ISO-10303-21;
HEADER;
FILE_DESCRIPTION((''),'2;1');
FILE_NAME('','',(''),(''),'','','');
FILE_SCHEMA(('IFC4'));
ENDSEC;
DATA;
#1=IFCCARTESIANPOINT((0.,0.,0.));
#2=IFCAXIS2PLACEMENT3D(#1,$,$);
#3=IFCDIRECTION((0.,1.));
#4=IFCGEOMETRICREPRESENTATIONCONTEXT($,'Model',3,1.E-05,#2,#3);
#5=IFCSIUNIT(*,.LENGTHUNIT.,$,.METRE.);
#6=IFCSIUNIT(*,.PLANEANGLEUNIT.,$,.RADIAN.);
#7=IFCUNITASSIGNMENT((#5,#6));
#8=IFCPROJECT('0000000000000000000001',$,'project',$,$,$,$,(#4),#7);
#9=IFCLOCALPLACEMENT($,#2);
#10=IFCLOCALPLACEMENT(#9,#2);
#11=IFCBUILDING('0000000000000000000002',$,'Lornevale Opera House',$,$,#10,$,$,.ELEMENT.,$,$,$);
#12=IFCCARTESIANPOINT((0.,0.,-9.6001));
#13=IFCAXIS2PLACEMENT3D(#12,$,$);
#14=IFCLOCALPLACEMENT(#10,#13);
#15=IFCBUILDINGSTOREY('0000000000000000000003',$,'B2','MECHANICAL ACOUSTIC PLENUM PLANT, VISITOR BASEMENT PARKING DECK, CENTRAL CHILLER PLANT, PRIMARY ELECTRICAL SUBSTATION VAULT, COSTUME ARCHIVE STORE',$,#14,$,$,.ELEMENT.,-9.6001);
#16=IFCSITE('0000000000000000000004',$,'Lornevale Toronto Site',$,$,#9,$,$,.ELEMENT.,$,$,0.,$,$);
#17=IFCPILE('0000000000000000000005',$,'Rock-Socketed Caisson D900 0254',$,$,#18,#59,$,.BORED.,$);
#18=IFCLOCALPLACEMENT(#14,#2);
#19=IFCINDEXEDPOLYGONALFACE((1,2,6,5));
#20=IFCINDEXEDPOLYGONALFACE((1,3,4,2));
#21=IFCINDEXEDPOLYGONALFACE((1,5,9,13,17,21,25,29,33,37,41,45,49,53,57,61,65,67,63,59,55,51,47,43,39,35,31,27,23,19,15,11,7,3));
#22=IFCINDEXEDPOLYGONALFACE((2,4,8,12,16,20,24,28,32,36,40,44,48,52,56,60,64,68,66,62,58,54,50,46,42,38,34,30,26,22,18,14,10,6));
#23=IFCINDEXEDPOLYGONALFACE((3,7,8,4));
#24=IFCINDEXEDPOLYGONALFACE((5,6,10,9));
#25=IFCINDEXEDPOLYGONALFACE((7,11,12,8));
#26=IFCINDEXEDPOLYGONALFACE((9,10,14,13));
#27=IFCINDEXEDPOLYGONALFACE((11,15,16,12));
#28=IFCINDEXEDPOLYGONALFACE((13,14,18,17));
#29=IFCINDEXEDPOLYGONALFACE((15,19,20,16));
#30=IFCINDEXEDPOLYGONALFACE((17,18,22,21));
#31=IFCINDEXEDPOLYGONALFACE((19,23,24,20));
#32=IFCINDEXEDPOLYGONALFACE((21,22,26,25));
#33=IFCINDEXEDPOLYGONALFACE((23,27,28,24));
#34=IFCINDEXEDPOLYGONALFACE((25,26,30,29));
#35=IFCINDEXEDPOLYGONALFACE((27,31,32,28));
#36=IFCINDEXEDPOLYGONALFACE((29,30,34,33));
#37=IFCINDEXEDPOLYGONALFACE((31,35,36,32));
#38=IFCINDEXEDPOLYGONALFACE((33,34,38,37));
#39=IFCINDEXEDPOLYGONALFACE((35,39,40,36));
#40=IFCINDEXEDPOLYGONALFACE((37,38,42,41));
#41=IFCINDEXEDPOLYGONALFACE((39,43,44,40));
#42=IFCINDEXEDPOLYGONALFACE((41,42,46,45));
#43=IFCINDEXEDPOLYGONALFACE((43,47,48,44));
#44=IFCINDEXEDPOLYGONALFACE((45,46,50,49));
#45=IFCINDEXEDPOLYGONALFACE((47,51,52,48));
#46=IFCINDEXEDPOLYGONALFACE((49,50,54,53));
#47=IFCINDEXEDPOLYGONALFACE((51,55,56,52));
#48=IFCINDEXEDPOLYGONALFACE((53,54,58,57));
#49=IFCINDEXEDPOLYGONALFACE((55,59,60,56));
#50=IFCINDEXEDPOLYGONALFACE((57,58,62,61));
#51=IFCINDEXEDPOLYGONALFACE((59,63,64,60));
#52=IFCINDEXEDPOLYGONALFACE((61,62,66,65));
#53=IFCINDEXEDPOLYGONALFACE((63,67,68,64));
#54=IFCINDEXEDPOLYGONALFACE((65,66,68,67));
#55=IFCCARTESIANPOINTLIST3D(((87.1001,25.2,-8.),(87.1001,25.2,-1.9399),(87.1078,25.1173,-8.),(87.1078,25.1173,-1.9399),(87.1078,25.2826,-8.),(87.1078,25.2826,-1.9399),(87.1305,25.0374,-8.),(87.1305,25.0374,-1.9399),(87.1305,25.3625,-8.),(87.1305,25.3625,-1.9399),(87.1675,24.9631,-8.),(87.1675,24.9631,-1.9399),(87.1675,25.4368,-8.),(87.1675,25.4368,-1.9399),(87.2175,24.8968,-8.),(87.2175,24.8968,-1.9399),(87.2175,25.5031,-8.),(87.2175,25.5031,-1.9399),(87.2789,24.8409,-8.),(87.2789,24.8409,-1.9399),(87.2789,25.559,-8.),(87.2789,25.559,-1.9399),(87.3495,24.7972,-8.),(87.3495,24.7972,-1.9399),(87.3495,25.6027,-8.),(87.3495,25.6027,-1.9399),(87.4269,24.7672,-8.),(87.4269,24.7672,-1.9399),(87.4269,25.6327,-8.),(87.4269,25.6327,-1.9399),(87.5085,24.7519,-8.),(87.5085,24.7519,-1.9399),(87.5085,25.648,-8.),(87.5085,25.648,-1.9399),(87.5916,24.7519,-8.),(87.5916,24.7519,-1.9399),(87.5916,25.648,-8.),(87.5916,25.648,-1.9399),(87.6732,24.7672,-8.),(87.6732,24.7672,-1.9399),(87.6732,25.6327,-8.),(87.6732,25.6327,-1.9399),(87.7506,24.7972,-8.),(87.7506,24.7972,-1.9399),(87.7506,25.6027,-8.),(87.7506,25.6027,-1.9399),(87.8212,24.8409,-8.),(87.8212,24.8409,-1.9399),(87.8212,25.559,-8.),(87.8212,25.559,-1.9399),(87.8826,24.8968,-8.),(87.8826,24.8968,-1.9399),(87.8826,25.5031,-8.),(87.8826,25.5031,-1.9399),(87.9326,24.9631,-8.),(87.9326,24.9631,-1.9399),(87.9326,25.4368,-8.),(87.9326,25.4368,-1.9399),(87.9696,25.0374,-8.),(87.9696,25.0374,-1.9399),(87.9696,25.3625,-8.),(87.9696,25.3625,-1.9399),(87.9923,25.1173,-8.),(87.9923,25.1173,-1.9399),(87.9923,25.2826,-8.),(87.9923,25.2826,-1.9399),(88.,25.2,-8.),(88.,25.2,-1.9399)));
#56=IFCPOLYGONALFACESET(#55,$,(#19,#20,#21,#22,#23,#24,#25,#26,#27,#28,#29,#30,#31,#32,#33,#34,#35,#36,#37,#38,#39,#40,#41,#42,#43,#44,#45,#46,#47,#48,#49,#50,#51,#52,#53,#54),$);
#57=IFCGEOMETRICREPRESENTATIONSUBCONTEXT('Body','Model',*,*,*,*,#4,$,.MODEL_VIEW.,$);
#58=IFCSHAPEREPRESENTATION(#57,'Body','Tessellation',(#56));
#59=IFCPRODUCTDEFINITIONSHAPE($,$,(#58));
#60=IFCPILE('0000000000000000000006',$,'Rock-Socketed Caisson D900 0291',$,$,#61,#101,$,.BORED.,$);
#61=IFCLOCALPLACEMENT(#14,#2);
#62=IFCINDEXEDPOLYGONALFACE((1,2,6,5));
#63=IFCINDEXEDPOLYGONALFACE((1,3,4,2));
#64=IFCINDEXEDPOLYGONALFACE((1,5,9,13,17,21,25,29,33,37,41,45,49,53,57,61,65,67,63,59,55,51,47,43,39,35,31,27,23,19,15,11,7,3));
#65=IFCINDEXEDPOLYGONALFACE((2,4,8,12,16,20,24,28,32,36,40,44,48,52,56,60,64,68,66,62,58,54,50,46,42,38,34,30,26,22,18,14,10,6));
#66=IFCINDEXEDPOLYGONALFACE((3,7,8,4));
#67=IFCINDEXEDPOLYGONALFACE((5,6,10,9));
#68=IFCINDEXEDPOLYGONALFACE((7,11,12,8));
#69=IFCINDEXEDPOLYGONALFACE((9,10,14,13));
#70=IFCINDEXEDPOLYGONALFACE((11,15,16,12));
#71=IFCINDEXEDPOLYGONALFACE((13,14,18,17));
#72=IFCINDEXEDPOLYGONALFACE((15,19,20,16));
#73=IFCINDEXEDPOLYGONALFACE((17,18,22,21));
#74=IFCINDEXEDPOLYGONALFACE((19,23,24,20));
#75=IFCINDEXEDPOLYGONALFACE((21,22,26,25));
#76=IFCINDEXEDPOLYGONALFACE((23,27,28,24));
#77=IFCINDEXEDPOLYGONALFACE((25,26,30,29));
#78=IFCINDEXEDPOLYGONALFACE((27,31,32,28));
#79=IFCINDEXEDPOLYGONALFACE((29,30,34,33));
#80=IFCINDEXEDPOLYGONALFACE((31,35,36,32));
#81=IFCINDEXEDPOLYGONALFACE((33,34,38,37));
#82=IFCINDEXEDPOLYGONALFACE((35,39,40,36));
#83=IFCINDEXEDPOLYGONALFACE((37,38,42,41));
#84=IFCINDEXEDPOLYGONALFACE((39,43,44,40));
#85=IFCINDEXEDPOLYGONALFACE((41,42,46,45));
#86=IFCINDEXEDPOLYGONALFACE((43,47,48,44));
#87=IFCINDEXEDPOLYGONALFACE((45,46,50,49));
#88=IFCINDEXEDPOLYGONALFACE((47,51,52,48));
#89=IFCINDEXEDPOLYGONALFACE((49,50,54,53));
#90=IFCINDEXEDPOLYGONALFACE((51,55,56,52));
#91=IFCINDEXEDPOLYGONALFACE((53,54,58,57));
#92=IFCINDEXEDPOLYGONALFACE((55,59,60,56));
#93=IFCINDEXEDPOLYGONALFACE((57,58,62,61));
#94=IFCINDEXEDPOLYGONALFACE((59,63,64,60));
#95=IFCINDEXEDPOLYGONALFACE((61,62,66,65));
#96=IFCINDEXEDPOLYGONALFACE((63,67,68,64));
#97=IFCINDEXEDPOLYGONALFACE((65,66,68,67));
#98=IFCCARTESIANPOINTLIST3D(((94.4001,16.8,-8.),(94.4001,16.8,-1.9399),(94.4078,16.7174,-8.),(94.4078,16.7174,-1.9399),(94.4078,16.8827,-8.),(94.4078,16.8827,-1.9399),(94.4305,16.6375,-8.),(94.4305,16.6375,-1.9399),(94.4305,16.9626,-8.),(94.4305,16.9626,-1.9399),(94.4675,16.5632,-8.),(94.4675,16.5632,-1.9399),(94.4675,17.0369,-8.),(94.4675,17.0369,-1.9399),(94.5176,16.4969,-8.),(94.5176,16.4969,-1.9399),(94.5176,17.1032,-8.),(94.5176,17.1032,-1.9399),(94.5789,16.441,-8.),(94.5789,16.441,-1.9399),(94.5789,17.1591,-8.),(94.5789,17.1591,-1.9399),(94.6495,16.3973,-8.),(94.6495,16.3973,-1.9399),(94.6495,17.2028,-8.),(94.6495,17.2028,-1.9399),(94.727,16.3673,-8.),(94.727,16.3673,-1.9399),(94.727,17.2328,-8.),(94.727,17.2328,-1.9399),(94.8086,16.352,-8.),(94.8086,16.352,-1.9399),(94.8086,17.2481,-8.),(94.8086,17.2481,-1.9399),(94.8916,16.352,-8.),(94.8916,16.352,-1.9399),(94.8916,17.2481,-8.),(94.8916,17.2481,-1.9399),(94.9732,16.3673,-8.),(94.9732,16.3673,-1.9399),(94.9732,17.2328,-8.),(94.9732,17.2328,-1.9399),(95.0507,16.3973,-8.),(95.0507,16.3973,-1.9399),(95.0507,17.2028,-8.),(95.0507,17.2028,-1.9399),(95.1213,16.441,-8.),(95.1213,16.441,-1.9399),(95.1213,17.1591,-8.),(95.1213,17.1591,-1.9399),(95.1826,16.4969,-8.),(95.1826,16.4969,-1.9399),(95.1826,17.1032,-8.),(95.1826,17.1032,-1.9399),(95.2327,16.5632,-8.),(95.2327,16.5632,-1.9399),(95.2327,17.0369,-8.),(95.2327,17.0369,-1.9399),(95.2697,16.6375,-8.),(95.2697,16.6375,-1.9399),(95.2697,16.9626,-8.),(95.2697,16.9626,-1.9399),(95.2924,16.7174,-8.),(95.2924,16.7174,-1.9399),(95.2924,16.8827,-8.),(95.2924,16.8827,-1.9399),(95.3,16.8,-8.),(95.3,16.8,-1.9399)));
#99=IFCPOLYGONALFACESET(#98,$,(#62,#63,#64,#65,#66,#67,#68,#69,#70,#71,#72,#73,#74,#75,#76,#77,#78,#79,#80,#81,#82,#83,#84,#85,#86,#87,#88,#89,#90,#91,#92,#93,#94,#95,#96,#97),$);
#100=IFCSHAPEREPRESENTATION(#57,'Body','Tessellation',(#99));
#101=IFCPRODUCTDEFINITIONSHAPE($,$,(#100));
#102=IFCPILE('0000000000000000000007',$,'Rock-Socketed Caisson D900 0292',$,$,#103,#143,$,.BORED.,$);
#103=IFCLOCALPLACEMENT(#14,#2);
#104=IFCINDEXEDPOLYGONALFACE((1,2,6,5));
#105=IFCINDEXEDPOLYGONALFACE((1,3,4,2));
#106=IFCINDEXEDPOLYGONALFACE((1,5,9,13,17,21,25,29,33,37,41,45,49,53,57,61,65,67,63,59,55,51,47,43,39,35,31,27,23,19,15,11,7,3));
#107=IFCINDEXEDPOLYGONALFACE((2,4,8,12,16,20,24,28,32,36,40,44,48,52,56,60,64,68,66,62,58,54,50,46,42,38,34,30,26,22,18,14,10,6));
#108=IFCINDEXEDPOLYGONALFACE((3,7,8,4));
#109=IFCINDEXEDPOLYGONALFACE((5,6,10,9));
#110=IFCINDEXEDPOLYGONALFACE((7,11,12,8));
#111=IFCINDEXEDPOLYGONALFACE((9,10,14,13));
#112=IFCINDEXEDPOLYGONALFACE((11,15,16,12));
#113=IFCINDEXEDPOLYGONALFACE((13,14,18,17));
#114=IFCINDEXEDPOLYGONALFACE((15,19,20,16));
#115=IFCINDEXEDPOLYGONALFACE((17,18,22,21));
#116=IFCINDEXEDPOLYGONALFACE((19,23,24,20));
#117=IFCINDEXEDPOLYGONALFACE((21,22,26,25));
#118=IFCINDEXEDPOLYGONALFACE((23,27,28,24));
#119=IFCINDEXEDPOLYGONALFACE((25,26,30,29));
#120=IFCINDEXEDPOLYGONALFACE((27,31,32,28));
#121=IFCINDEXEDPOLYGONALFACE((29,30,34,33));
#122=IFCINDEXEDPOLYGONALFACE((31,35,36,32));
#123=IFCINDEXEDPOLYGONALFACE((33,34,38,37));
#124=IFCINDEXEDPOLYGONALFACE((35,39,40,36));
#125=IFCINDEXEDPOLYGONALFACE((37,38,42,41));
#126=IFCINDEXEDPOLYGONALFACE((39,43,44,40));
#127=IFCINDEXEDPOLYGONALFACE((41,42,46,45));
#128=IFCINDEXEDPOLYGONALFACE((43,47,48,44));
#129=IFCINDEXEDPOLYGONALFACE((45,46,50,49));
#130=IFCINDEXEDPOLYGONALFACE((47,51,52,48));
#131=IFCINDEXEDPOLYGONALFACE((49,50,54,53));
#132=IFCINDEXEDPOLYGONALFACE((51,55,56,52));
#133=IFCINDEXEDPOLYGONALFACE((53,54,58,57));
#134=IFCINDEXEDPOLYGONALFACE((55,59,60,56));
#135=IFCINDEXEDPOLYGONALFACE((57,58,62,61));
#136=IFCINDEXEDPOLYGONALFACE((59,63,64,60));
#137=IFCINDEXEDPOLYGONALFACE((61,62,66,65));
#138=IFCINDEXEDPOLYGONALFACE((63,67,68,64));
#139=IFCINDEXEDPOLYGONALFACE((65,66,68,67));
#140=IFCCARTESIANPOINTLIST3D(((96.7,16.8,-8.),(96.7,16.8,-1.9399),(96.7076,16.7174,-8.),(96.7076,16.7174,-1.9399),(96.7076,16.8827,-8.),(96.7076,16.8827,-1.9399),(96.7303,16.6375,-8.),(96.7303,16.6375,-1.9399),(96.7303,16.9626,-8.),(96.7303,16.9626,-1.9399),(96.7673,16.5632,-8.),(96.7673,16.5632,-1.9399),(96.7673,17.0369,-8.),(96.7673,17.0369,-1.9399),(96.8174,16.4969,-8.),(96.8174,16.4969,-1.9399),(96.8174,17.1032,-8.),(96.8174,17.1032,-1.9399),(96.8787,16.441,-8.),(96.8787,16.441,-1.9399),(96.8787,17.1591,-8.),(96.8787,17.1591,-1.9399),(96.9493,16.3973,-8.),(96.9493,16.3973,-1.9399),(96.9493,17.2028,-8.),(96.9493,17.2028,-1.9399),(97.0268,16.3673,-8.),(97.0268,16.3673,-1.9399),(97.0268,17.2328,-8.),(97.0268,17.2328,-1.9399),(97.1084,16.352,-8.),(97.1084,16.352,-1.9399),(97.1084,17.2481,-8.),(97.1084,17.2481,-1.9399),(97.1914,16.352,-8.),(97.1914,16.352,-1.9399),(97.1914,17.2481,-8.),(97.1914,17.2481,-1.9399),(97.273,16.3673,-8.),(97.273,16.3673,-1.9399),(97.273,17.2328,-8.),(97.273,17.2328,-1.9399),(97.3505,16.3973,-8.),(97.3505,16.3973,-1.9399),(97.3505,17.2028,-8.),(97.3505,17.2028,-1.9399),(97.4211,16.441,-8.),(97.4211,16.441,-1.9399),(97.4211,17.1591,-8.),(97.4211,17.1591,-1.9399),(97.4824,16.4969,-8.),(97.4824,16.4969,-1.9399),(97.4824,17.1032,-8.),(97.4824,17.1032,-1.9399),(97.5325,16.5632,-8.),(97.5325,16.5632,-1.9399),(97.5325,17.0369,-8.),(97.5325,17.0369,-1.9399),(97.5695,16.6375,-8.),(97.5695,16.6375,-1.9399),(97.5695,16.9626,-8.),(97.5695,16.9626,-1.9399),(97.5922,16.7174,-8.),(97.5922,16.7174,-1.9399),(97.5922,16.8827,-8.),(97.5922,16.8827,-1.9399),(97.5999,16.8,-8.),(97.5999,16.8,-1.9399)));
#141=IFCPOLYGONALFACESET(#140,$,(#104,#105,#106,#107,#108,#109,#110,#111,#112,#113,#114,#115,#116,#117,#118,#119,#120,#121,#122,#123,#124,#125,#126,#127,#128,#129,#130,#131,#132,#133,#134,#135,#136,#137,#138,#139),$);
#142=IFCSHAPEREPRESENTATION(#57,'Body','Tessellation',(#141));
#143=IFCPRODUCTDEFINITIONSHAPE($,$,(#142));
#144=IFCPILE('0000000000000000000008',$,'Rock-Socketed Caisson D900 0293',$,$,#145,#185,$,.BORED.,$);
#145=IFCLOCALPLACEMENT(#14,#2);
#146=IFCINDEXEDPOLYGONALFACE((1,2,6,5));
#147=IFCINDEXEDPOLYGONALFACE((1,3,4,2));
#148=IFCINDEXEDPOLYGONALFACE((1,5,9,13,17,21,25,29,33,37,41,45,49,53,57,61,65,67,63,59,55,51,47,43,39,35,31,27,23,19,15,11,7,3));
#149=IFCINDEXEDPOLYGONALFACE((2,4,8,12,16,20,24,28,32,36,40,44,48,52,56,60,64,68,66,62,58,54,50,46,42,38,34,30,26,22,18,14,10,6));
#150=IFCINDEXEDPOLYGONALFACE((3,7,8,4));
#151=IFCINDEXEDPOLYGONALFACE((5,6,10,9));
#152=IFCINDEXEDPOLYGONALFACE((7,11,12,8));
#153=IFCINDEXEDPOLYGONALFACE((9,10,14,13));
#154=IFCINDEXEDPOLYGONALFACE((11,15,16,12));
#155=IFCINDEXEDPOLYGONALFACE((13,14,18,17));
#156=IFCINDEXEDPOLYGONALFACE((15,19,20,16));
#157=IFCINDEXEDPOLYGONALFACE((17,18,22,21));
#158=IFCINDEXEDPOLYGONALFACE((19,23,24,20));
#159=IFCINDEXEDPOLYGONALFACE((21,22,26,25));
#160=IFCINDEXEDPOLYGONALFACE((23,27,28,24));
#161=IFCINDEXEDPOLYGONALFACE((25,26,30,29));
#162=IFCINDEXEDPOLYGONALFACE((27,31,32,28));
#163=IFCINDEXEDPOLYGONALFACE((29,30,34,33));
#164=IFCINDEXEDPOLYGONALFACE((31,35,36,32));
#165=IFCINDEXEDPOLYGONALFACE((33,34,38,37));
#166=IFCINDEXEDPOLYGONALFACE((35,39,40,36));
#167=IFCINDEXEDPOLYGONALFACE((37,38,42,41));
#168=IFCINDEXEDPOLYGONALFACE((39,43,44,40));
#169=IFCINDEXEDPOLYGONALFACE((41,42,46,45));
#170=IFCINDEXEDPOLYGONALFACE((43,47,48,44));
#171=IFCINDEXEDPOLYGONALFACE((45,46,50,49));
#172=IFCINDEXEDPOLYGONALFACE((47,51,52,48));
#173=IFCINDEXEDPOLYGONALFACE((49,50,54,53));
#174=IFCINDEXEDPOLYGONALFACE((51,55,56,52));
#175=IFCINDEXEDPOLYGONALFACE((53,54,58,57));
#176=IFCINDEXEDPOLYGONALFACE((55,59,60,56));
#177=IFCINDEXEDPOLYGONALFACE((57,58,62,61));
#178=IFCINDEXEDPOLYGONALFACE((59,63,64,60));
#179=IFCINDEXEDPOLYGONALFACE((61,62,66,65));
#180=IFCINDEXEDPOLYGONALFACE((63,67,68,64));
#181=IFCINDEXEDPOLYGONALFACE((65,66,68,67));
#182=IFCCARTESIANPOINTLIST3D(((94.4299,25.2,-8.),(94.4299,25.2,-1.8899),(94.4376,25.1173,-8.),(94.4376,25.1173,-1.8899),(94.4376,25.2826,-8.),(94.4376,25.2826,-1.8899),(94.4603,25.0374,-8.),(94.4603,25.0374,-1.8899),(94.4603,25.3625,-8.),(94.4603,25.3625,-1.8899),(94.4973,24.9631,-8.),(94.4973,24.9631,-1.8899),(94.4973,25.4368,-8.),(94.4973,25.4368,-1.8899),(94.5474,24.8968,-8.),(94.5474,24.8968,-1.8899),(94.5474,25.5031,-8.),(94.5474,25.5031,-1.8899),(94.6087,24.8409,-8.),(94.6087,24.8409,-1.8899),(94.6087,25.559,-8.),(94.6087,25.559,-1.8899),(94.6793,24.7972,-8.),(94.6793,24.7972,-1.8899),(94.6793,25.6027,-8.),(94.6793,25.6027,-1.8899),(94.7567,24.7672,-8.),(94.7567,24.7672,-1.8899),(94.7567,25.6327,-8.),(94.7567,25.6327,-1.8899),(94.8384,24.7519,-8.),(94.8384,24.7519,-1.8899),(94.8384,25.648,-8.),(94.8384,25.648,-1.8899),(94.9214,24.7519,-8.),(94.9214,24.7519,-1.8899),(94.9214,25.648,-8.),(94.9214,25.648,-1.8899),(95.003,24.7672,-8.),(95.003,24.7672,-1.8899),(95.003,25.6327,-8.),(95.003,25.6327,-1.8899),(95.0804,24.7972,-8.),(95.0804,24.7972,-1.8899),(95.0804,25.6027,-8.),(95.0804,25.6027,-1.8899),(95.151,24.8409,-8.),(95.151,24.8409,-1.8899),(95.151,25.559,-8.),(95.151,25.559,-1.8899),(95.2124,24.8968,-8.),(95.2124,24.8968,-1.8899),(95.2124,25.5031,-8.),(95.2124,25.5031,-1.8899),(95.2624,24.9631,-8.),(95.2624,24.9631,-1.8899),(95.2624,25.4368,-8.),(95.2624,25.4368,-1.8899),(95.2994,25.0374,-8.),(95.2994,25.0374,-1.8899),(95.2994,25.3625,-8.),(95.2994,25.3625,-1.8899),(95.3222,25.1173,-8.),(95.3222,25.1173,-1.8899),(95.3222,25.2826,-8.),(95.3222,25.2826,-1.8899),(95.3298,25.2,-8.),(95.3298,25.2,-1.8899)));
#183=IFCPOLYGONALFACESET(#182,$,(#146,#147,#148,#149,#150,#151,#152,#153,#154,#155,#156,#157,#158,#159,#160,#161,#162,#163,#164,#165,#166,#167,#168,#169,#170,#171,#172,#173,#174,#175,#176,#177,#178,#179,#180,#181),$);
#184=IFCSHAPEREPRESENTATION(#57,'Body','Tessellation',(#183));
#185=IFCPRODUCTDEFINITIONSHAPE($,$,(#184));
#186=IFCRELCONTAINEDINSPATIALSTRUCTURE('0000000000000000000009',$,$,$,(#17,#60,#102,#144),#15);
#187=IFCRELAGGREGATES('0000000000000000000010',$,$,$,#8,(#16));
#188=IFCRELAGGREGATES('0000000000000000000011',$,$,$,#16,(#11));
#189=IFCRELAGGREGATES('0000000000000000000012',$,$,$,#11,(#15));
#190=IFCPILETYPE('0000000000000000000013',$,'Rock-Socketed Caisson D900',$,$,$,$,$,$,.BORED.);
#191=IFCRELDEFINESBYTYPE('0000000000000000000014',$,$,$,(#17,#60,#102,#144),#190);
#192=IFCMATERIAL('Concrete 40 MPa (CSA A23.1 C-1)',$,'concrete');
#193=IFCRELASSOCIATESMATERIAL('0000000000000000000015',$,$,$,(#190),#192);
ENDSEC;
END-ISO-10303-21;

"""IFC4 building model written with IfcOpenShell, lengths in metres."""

from ifc_helpers import new_model, si_unit, direction, frame, origin, origin_2d, place, context, subcontext, project, spatial, circle, extrude, material, material_profile, profile_set, type_object, element, save


model = new_model("IFC4")

# Units and contexts
model_context = context("Model", 3, precision=1e-05, world=origin(), true_north=direction((0.0, 1.0)))
body_context = subcontext(model_context, "Body", "Model", "MODEL_VIEW")
ifc_project = project(units=[si_unit("LENGTHUNIT", "METRE"), si_unit("PLANEANGLEUNIT", "RADIAN")], contexts=[model_context])

# Site, building, storey
site_placement = place(None, origin())
site = spatial("IfcSite", under=ifc_project, at=site_placement, Name="Lornevale Toronto Site", CompositionType="ELEMENT", RefElevation=0.0)
building_placement = place(site_placement, origin())
building = spatial("IfcBuilding", under=site, at=building_placement, Name="Lornevale Opera House", CompositionType="ELEMENT")
storey_placement = place(building_placement, frame((0.0, 0.0, -9.6001)))
storey = spatial("IfcBuildingStorey", under=building, at=storey_placement, Name="B2", Description="MECHANICAL ACOUSTIC PLENUM PLANT, VISITOR BASEMENT PARKING DECK, CENTRAL CHILLER PLANT, PRIMARY ELECTRICAL SUBSTATION VAULT, COSTUME ARCHIVE STORE", CompositionType="ELEMENT", Elevation=-9.6001)

# Piles
ifc_material_1 = material(Name="Concrete 40 MPa (CSA A23.1 C-1)", Category="concrete")
ifc_material_profile_1 = material_profile(ifc_material_1, circle(Radius=0.45, at=origin_2d()), Name="CAIS900")
ifc_profile_set_1 = profile_set([ifc_material_profile_1], Name="Concrete 40 MPa (CSA A23.1 C-1)")
pile_type_1 = type_object("IfcPileType", Name="Rock-Socketed Caisson D900", PredefinedType="BORED", material=ifc_profile_set_1)
for number, where, z_axis, x_axis, name in (
    (1, (87.55, 25.2, -1.9399), (0.0, 0.0, -1.0), (1.0, 0.0, 0.0), "Rock-Socketed Caisson D900 0254"),
    (2, (94.8501, 16.8, -1.9399), (0.0, 0.0, -1.0), (1.0, 0.0, 0.0), "Rock-Socketed Caisson D900 0291"),
    (3, (97.1499, 16.8, -1.9399), (0.0, 0.0, -1.0), (1.0, 0.0, 0.0), "Rock-Socketed Caisson D900 0292"),
):
    element("IfcPile", number, at=place(storey_placement, frame(where, z_axis=z_axis, x_axis=x_axis)), inside=storey, type_object=pile_type_1, Name=name, PredefinedType="BORED", context=body_context, shape_type="SweptSolid", body=[
        extrude(circle(Radius=0.45, at=origin_2d()), origin(), (0.0, 0.0, 1.0), 6.0601),
    ])
for number, where, z_axis, x_axis, name in (
    (4, (94.8799, 25.2, -1.8899), (0.0, 0.0, -1.0), (1.0, 0.0, 0.0), "Rock-Socketed Caisson D900 0293"),
):
    element("IfcPile", number, at=place(storey_placement, frame(where, z_axis=z_axis, x_axis=x_axis)), inside=storey, type_object=pile_type_1, Name=name, PredefinedType="BORED", context=body_context, shape_type="SweptSolid", body=[
        extrude(circle(Radius=0.45, at=origin_2d()), origin(), (0.0, 0.0, 1.0), 6.1101),
    ])

save(model, "model.ifc")
